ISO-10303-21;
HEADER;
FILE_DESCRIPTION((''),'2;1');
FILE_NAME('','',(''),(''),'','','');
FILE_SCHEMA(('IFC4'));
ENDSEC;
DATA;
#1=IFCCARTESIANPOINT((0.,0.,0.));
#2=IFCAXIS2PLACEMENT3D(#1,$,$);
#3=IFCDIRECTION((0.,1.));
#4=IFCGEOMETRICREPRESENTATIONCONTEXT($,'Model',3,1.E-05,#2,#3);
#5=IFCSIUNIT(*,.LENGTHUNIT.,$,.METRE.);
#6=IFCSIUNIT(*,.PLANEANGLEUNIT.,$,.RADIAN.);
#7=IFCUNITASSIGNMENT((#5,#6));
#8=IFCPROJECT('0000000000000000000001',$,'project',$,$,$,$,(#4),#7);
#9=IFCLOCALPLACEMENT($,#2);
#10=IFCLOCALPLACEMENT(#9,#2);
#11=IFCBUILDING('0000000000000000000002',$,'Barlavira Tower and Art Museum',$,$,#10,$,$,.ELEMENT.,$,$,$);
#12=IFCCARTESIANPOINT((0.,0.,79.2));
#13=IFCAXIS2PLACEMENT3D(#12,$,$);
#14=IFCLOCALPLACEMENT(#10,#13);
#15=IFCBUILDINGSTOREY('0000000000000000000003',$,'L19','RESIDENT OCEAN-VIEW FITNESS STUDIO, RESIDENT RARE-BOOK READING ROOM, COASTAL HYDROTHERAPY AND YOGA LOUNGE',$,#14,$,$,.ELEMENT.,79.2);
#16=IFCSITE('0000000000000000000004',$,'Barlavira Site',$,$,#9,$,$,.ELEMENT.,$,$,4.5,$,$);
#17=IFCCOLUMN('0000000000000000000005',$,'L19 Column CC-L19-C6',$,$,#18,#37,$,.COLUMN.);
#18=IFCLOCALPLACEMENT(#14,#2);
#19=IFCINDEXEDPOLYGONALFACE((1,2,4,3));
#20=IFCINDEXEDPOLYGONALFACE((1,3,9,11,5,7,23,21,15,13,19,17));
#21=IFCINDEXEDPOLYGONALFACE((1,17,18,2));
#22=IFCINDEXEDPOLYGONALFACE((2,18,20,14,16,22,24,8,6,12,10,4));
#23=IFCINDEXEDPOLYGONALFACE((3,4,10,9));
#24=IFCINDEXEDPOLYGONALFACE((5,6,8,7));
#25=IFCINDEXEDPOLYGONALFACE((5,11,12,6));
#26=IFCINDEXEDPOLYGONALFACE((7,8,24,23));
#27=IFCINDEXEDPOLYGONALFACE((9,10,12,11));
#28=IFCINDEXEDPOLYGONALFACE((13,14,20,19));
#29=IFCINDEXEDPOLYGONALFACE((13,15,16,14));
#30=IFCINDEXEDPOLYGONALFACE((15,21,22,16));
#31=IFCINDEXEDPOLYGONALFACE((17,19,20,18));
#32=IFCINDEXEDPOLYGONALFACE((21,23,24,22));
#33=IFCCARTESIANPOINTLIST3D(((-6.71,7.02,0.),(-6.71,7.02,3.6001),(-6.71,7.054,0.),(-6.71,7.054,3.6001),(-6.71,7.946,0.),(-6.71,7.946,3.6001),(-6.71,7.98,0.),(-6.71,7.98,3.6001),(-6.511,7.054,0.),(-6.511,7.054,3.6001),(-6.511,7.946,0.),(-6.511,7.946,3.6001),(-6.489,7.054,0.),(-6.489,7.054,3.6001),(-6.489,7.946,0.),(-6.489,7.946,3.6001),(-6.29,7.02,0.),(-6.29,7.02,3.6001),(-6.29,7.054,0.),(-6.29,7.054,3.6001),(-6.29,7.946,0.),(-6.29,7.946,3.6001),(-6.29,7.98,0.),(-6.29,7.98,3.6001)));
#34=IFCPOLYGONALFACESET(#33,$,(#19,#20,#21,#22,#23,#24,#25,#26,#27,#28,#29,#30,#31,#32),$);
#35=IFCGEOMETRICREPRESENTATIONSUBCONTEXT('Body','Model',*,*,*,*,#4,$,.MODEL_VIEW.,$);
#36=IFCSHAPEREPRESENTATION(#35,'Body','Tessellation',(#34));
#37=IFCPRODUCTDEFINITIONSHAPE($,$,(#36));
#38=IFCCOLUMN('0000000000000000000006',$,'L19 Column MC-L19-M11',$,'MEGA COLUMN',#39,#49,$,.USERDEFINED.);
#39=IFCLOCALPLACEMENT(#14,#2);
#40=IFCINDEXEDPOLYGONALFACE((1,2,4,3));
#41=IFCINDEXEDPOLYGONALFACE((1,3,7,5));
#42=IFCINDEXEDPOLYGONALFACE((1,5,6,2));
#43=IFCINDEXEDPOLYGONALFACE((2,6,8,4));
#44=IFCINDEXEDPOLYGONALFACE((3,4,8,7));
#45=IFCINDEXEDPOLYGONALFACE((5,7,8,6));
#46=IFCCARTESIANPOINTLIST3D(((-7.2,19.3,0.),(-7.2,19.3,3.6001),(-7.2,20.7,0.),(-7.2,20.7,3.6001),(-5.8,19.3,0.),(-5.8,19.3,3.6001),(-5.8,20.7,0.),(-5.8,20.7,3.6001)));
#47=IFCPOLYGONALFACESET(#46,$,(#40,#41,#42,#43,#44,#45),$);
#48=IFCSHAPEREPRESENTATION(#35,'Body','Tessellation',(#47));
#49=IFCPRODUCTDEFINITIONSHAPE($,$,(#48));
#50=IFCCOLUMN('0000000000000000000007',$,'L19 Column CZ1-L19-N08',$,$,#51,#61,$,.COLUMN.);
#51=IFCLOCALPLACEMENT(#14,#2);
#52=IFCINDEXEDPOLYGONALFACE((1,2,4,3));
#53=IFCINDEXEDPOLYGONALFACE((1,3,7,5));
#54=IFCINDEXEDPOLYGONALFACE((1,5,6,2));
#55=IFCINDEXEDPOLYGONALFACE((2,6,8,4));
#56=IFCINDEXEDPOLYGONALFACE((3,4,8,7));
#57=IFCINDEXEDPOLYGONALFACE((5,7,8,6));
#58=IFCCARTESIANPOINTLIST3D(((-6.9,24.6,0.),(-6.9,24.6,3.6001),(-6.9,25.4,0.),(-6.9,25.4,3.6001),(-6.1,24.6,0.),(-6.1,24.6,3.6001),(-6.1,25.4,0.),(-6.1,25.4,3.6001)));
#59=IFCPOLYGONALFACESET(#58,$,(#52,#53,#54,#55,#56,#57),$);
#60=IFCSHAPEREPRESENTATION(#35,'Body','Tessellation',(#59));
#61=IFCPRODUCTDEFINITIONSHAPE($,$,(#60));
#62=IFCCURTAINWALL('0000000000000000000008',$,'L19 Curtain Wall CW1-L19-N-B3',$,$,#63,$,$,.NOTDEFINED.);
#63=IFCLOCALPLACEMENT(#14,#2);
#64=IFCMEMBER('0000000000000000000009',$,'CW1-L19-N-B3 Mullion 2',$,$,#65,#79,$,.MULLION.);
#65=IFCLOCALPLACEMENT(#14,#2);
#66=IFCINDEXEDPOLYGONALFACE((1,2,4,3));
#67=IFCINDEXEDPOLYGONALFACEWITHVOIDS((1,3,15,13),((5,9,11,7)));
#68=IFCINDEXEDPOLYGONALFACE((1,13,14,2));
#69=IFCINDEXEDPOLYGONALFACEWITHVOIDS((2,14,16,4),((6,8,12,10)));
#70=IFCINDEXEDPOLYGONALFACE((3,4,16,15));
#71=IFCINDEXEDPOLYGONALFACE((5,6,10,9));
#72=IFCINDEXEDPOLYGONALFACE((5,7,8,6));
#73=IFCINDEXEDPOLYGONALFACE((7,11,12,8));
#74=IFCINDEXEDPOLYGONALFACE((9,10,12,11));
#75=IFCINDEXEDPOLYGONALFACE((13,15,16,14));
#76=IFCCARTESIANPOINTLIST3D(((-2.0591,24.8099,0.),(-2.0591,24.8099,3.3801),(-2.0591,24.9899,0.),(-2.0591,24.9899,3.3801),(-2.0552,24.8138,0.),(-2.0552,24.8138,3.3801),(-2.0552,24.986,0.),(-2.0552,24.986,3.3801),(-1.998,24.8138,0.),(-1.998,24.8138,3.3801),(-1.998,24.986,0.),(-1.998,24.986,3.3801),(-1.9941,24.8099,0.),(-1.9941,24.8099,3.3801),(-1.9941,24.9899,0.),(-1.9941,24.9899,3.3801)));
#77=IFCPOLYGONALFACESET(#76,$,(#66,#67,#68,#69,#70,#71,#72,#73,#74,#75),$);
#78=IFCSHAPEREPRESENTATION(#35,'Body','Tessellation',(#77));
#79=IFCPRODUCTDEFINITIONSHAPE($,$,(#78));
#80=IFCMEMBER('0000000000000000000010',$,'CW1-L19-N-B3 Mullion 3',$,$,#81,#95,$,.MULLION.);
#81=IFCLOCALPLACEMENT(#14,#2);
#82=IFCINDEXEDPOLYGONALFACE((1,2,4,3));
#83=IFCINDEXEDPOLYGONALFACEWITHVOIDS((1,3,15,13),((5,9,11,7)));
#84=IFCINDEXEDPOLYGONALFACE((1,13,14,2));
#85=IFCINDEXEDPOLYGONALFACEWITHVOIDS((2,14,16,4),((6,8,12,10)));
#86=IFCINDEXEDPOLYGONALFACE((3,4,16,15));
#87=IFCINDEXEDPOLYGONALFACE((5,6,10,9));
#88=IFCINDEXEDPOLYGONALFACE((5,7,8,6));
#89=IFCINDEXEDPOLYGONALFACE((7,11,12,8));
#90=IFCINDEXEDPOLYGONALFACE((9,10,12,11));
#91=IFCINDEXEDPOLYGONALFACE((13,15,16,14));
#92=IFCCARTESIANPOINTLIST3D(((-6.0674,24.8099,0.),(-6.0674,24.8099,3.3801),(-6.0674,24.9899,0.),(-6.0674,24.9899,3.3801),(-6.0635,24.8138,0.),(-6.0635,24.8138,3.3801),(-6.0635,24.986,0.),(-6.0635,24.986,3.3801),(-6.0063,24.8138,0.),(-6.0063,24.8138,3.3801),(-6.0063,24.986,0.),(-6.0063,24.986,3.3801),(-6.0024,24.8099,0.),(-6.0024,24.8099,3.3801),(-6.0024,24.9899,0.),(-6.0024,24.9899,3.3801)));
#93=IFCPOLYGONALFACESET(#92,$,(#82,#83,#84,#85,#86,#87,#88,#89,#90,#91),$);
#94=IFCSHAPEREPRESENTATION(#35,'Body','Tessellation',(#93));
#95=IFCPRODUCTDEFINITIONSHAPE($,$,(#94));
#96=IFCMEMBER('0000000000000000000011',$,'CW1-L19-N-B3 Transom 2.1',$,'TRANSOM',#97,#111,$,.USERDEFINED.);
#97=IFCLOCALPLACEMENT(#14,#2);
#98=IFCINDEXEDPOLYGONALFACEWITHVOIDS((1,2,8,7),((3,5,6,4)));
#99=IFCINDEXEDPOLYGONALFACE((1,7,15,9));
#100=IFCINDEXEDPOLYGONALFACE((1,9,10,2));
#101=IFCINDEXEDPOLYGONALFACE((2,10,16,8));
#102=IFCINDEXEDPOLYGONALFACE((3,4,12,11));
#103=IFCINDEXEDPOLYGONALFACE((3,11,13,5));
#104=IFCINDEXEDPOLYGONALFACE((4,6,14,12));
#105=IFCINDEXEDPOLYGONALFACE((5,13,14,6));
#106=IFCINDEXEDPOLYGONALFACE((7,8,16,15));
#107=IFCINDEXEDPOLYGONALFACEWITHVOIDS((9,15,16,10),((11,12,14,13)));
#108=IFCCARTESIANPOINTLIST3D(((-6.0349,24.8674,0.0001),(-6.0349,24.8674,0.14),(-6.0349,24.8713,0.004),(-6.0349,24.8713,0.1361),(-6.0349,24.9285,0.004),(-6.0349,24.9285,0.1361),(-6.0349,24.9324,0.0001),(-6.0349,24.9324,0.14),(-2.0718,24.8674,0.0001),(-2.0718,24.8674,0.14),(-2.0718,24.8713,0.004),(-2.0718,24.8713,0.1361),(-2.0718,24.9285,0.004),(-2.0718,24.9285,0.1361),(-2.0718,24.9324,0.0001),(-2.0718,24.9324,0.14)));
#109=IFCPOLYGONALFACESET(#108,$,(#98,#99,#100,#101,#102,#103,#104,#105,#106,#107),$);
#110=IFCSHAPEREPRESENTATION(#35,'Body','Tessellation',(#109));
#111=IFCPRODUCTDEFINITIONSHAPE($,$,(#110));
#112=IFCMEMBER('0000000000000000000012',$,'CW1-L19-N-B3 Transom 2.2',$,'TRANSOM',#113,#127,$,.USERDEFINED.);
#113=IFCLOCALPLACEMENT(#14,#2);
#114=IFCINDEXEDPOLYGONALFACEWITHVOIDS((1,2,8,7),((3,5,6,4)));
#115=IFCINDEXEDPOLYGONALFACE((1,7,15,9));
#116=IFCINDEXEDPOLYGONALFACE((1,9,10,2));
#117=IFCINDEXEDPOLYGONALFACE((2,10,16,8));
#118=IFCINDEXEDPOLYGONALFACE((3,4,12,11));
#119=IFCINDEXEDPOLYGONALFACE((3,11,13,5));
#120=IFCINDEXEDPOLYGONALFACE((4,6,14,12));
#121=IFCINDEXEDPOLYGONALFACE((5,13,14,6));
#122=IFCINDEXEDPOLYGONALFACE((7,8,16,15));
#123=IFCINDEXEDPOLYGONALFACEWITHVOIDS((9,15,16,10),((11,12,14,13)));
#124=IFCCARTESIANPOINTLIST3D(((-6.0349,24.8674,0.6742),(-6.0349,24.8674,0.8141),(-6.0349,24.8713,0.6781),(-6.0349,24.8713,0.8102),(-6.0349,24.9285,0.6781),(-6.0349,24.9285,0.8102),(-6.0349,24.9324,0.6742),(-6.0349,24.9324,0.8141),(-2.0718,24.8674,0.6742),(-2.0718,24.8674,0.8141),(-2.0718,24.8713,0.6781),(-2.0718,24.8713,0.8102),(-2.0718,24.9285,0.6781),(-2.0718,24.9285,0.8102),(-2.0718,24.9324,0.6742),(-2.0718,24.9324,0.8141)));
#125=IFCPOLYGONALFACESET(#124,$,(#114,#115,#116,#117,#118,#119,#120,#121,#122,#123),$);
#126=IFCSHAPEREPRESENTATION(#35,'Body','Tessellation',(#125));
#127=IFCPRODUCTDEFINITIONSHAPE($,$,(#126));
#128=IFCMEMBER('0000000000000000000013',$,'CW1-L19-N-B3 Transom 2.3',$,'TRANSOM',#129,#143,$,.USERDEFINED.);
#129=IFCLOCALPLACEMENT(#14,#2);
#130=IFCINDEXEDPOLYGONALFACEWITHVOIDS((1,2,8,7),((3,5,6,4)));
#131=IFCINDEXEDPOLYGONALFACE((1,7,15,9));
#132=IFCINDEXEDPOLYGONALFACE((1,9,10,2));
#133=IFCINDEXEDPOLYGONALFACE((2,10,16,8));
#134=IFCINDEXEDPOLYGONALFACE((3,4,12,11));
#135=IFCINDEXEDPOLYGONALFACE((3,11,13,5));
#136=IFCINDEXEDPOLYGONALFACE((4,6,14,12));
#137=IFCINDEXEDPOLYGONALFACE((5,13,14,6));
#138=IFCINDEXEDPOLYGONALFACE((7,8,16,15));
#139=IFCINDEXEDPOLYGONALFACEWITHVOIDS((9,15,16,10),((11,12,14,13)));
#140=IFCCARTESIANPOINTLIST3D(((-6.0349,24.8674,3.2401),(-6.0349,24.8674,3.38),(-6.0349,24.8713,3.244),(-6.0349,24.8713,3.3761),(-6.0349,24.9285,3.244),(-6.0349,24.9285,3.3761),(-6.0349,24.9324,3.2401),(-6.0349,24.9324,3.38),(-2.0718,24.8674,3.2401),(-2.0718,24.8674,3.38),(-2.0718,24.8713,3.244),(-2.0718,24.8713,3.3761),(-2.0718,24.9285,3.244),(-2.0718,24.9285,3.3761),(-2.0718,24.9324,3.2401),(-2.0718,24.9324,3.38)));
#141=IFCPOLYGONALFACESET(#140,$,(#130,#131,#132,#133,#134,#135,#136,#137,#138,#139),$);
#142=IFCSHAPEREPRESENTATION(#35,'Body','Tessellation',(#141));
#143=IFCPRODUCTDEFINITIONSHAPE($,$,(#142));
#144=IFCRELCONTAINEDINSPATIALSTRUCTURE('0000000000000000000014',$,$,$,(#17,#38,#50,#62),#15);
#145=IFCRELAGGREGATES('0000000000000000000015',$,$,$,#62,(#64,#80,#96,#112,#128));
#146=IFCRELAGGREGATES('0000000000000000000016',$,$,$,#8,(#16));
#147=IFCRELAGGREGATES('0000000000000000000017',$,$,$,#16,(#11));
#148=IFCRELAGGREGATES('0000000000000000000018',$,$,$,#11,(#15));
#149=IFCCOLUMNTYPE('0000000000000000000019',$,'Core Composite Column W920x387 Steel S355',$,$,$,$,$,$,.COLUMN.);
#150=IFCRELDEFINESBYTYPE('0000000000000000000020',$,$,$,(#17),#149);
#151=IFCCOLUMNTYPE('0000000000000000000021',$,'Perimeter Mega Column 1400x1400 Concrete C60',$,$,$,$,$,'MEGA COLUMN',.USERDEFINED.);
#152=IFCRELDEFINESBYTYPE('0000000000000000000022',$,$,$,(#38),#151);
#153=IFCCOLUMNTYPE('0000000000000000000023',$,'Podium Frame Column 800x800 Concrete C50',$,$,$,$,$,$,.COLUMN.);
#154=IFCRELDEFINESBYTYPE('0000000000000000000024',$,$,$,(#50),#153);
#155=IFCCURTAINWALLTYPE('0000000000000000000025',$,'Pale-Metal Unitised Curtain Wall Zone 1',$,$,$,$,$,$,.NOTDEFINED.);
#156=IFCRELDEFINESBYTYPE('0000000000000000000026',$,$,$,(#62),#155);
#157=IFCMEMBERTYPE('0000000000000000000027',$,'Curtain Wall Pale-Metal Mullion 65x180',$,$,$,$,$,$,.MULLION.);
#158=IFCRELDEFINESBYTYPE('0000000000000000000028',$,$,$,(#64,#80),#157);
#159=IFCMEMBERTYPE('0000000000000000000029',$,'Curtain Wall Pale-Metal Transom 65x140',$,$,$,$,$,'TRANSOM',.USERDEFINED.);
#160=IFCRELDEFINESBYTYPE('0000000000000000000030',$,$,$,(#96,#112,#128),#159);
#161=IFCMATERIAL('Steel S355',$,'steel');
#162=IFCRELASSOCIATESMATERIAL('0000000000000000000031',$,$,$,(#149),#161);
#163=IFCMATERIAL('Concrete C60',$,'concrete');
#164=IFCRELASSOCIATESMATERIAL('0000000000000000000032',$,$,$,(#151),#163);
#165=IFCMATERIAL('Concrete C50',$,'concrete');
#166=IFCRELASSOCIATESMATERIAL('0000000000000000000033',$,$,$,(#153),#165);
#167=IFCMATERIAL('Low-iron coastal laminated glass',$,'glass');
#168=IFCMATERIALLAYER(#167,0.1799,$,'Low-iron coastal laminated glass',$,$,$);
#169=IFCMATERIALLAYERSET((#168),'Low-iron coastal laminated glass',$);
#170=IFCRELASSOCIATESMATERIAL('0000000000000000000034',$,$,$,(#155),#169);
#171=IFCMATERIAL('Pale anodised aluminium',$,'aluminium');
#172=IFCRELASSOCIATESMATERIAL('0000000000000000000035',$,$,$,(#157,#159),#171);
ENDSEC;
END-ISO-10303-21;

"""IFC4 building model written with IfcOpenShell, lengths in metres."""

from ifc_helpers import new_model, si_unit, direction, frame, origin, origin_2d, place, context, subcontext, project, spatial, rectangle, hollow_rectangle, i_section, extrude, material, layer, layer_set, material_profile, profile_set, type_object, element, aggregate, save


model = new_model("IFC4")

# Units and contexts
model_context = context("Model", 3, precision=1e-05, world=origin(), true_north=direction((0.0, 1.0)))
body_context = subcontext(model_context, "Body", "Model", "MODEL_VIEW")
ifc_project = project(units=[si_unit("LENGTHUNIT", "METRE"), si_unit("PLANEANGLEUNIT", "RADIAN")], contexts=[model_context])

# Site, building, storey
site_placement = place(None, origin())
site = spatial("IfcSite", under=ifc_project, at=site_placement, Name="Barlavira Site", CompositionType="ELEMENT", RefElevation=4.5)
building_placement = place(site_placement, origin())
building = spatial("IfcBuilding", under=site, at=building_placement, Name="Barlavira Tower and Art Museum", CompositionType="ELEMENT")
storey_placement = place(building_placement, frame((0.0, 0.0, 79.2)))
storey = spatial("IfcBuildingStorey", under=building, at=storey_placement, Name="L19", Description="RESIDENT OCEAN-VIEW FITNESS STUDIO, RESIDENT RARE-BOOK READING ROOM, COASTAL HYDROTHERAPY AND YOGA LOUNGE", CompositionType="ELEMENT", Elevation=79.2)

# Columns
ifc_material_1 = material(Name="Steel S355", Category="steel")
ifc_material_profile_1 = material_profile(ifc_material_1, i_section(OverallWidth=0.4199, OverallDepth=0.96, WebThickness=0.022, FlangeThickness=0.0339, at=origin_2d()), Name="W920x387.0")
ifc_profile_set_1 = profile_set([ifc_material_profile_1], Name="Steel S355")
column_type_1 = type_object("IfcColumnType", Name="Core Composite Column W920x387 Steel S355", PredefinedType="COLUMN", material=ifc_profile_set_1)
column_1_placement = place(storey_placement, frame((-6.5, 7.5, 0.0), z_axis=(0.0, 0.0, 1.0), x_axis=(1.0, 0.0, 0.0)))
element("IfcColumn", 1, at=column_1_placement, inside=storey, type_object=column_type_1, Name="L19 Column CC-L19-C6", PredefinedType="COLUMN", context=body_context, shape_type="SweptSolid", body=[
    extrude(i_section(OverallWidth=0.4199, OverallDepth=0.96, WebThickness=0.022, FlangeThickness=0.0339, at=origin_2d()), origin(), (0.0, 0.0, 1.0), 3.6001),
])
ifc_material_2 = material(Name="Concrete C60", Category="concrete")
ifc_material_profile_2 = material_profile(ifc_material_2, rectangle(XDim=1.3999, YDim=1.3999, at=origin_2d()), Name="RC-MCOL 1400x1400")
ifc_profile_set_2 = profile_set([ifc_material_profile_2], Name="Concrete C60")
column_type_2 = type_object("IfcColumnType", Name="Perimeter Mega Column 1400x1400 Concrete C60", ElementType="MEGA COLUMN", PredefinedType="USERDEFINED", material=ifc_profile_set_2)
column_2_placement = place(storey_placement, frame((-6.5, 20.0, 0.0), z_axis=(0.0, 0.0, 1.0), x_axis=(1.0, 0.0, 0.0)))
element("IfcColumn", 2, at=column_2_placement, inside=storey, type_object=column_type_2, Name="L19 Column MC-L19-M11", ObjectType="MEGA COLUMN", PredefinedType="USERDEFINED", context=body_context, shape_type="SweptSolid", body=[
    extrude(rectangle(XDim=1.3999, YDim=1.3999, at=origin_2d()), origin(), (0.0, 0.0, 1.0), 3.6001),
])
ifc_material_3 = material(Name="Concrete C50", Category="concrete")
ifc_material_profile_3 = material_profile(ifc_material_3, rectangle(XDim=0.8, YDim=0.8, at=origin_2d()), Name="RC-COL 800x800")
ifc_profile_set_3 = profile_set([ifc_material_profile_3], Name="Concrete C50")
column_type_3 = type_object("IfcColumnType", Name="Podium Frame Column 800x800 Concrete C50", PredefinedType="COLUMN", material=ifc_profile_set_3)
column_3_placement = place(storey_placement, frame((-6.5, 25.0, 0.0), z_axis=(0.0, 0.0, 1.0), x_axis=(1.0, 0.0, 0.0)))
element("IfcColumn", 3, at=column_3_placement, inside=storey, type_object=column_type_3, Name="L19 Column CZ1-L19-N08", PredefinedType="COLUMN", context=body_context, shape_type="SweptSolid", body=[
    extrude(rectangle(XDim=0.8, YDim=0.8, at=origin_2d()), origin(), (0.0, 0.0, 1.0), 3.6001),
])

# Curtain wall, members
ifc_material_4 = material(Name="Low-iron coastal laminated glass", Category="glass")
ifc_layer_1 = layer(ifc_material_4, 0.1799, Name="Low-iron coastal laminated glass")
ifc_layer_set_1 = layer_set([ifc_layer_1], Name="Low-iron coastal laminated glass")
curtain_wall_type = type_object("IfcCurtainWallType", Name="Pale-Metal Unitised Curtain Wall Zone 1", PredefinedType="NOTDEFINED", material=ifc_layer_set_1)
curtain_wall_placement = place(storey_placement, origin())
curtain_wall = element("IfcCurtainWall", 4, at=curtain_wall_placement, inside=storey, type_object=curtain_wall_type, Name="L19 Curtain Wall CW1-L19-N-B3", PredefinedType="NOTDEFINED")
ifc_material_5 = material(Name="Pale anodised aluminium", Category="aluminium")
ifc_material_profile_4 = material_profile(ifc_material_5, hollow_rectangle(XDim=0.0649, YDim=0.1799, WallThickness=0.0039, at=origin_2d()), Name="ALU-MULL 65x180x4")
ifc_profile_set_4 = profile_set([ifc_material_profile_4], Name="Pale anodised aluminium")
member_type_1 = type_object("IfcMemberType", Name="Curtain Wall Pale-Metal Mullion 65x180", PredefinedType="MULLION", material=ifc_profile_set_4)
member_1_placement = place(storey_placement, frame((-2.0266, 24.8999, 0.0), z_axis=(0.0, 0.0, 1.0), x_axis=(-1.0, 0.0, 0.0)))
member_1 = element("IfcMember", 5, at=member_1_placement, type_object=member_type_1, Name="CW1-L19-N-B3 Mullion 2", PredefinedType="MULLION", context=body_context, shape_type="SweptSolid", body=[
    extrude(hollow_rectangle(XDim=0.0649, YDim=0.1799, WallThickness=0.0039, at=origin_2d()), origin(), (0.0, 0.0, 1.0), 3.3801),
])
member_2_placement = place(storey_placement, frame((-6.0349, 24.8999, 0.0), z_axis=(0.0, 0.0, 1.0), x_axis=(-1.0, 0.0, 0.0)))
member_2 = element("IfcMember", 6, at=member_2_placement, type_object=member_type_1, Name="CW1-L19-N-B3 Mullion 3", PredefinedType="MULLION", context=body_context, shape_type="SweptSolid", body=[
    extrude(hollow_rectangle(XDim=0.0649, YDim=0.1799, WallThickness=0.0039, at=origin_2d()), origin(), (0.0, 0.0, 1.0), 3.3801),
])
ifc_material_profile_5 = material_profile(ifc_material_5, hollow_rectangle(XDim=0.0649, YDim=0.1399, WallThickness=0.0039, at=origin_2d()), Name="ALU-TRAN 65x140x4")
ifc_profile_set_5 = profile_set([ifc_material_profile_5], Name="Pale anodised aluminium")
member_type_2 = type_object("IfcMemberType", Name="Curtain Wall Pale-Metal Transom 65x140", ElementType="TRANSOM", PredefinedType="USERDEFINED", material=ifc_profile_set_5)
member_3_placement = place(storey_placement, frame((-2.0718, 24.8999, 0.0701), z_axis=(-1.0, 0.0, 0.0), x_axis=(0.0, -1.0, 0.0)))
member_3 = element("IfcMember", 7, at=member_3_placement, type_object=member_type_2, Name="CW1-L19-N-B3 Transom 2.1", ObjectType="TRANSOM", PredefinedType="USERDEFINED", context=body_context, shape_type="SweptSolid", body=[
    extrude(hollow_rectangle(XDim=0.0649, YDim=0.1399, WallThickness=0.0039, at=origin_2d()), origin(), (0.0, 0.0, 1.0), 3.9631),
])
member_4_placement = place(storey_placement, frame((-2.0718, 24.8999, 0.7441), z_axis=(-1.0, 0.0, 0.0), x_axis=(0.0, -1.0, 0.0)))
member_4 = element("IfcMember", 8, at=member_4_placement, type_object=member_type_2, Name="CW1-L19-N-B3 Transom 2.2", ObjectType="TRANSOM", PredefinedType="USERDEFINED", context=body_context, shape_type="SweptSolid", body=[
    extrude(hollow_rectangle(XDim=0.0649, YDim=0.1399, WallThickness=0.0039, at=origin_2d()), origin(), (0.0, 0.0, 1.0), 3.9631),
])
member_5_placement = place(storey_placement, frame((-2.0718, 24.8999, 3.3101), z_axis=(-1.0, 0.0, 0.0), x_axis=(0.0, -1.0, 0.0)))
member_5 = element("IfcMember", 9, at=member_5_placement, type_object=member_type_2, Name="CW1-L19-N-B3 Transom 2.3", ObjectType="TRANSOM", PredefinedType="USERDEFINED", context=body_context, shape_type="SweptSolid", body=[
    extrude(hollow_rectangle(XDim=0.0649, YDim=0.1399, WallThickness=0.0039, at=origin_2d()), origin(), (0.0, 0.0, 1.0), 3.9631),
])

aggregate(curtain_wall, [member_1, member_2, member_3, member_4, member_5])

save(model, "model.ifc")
